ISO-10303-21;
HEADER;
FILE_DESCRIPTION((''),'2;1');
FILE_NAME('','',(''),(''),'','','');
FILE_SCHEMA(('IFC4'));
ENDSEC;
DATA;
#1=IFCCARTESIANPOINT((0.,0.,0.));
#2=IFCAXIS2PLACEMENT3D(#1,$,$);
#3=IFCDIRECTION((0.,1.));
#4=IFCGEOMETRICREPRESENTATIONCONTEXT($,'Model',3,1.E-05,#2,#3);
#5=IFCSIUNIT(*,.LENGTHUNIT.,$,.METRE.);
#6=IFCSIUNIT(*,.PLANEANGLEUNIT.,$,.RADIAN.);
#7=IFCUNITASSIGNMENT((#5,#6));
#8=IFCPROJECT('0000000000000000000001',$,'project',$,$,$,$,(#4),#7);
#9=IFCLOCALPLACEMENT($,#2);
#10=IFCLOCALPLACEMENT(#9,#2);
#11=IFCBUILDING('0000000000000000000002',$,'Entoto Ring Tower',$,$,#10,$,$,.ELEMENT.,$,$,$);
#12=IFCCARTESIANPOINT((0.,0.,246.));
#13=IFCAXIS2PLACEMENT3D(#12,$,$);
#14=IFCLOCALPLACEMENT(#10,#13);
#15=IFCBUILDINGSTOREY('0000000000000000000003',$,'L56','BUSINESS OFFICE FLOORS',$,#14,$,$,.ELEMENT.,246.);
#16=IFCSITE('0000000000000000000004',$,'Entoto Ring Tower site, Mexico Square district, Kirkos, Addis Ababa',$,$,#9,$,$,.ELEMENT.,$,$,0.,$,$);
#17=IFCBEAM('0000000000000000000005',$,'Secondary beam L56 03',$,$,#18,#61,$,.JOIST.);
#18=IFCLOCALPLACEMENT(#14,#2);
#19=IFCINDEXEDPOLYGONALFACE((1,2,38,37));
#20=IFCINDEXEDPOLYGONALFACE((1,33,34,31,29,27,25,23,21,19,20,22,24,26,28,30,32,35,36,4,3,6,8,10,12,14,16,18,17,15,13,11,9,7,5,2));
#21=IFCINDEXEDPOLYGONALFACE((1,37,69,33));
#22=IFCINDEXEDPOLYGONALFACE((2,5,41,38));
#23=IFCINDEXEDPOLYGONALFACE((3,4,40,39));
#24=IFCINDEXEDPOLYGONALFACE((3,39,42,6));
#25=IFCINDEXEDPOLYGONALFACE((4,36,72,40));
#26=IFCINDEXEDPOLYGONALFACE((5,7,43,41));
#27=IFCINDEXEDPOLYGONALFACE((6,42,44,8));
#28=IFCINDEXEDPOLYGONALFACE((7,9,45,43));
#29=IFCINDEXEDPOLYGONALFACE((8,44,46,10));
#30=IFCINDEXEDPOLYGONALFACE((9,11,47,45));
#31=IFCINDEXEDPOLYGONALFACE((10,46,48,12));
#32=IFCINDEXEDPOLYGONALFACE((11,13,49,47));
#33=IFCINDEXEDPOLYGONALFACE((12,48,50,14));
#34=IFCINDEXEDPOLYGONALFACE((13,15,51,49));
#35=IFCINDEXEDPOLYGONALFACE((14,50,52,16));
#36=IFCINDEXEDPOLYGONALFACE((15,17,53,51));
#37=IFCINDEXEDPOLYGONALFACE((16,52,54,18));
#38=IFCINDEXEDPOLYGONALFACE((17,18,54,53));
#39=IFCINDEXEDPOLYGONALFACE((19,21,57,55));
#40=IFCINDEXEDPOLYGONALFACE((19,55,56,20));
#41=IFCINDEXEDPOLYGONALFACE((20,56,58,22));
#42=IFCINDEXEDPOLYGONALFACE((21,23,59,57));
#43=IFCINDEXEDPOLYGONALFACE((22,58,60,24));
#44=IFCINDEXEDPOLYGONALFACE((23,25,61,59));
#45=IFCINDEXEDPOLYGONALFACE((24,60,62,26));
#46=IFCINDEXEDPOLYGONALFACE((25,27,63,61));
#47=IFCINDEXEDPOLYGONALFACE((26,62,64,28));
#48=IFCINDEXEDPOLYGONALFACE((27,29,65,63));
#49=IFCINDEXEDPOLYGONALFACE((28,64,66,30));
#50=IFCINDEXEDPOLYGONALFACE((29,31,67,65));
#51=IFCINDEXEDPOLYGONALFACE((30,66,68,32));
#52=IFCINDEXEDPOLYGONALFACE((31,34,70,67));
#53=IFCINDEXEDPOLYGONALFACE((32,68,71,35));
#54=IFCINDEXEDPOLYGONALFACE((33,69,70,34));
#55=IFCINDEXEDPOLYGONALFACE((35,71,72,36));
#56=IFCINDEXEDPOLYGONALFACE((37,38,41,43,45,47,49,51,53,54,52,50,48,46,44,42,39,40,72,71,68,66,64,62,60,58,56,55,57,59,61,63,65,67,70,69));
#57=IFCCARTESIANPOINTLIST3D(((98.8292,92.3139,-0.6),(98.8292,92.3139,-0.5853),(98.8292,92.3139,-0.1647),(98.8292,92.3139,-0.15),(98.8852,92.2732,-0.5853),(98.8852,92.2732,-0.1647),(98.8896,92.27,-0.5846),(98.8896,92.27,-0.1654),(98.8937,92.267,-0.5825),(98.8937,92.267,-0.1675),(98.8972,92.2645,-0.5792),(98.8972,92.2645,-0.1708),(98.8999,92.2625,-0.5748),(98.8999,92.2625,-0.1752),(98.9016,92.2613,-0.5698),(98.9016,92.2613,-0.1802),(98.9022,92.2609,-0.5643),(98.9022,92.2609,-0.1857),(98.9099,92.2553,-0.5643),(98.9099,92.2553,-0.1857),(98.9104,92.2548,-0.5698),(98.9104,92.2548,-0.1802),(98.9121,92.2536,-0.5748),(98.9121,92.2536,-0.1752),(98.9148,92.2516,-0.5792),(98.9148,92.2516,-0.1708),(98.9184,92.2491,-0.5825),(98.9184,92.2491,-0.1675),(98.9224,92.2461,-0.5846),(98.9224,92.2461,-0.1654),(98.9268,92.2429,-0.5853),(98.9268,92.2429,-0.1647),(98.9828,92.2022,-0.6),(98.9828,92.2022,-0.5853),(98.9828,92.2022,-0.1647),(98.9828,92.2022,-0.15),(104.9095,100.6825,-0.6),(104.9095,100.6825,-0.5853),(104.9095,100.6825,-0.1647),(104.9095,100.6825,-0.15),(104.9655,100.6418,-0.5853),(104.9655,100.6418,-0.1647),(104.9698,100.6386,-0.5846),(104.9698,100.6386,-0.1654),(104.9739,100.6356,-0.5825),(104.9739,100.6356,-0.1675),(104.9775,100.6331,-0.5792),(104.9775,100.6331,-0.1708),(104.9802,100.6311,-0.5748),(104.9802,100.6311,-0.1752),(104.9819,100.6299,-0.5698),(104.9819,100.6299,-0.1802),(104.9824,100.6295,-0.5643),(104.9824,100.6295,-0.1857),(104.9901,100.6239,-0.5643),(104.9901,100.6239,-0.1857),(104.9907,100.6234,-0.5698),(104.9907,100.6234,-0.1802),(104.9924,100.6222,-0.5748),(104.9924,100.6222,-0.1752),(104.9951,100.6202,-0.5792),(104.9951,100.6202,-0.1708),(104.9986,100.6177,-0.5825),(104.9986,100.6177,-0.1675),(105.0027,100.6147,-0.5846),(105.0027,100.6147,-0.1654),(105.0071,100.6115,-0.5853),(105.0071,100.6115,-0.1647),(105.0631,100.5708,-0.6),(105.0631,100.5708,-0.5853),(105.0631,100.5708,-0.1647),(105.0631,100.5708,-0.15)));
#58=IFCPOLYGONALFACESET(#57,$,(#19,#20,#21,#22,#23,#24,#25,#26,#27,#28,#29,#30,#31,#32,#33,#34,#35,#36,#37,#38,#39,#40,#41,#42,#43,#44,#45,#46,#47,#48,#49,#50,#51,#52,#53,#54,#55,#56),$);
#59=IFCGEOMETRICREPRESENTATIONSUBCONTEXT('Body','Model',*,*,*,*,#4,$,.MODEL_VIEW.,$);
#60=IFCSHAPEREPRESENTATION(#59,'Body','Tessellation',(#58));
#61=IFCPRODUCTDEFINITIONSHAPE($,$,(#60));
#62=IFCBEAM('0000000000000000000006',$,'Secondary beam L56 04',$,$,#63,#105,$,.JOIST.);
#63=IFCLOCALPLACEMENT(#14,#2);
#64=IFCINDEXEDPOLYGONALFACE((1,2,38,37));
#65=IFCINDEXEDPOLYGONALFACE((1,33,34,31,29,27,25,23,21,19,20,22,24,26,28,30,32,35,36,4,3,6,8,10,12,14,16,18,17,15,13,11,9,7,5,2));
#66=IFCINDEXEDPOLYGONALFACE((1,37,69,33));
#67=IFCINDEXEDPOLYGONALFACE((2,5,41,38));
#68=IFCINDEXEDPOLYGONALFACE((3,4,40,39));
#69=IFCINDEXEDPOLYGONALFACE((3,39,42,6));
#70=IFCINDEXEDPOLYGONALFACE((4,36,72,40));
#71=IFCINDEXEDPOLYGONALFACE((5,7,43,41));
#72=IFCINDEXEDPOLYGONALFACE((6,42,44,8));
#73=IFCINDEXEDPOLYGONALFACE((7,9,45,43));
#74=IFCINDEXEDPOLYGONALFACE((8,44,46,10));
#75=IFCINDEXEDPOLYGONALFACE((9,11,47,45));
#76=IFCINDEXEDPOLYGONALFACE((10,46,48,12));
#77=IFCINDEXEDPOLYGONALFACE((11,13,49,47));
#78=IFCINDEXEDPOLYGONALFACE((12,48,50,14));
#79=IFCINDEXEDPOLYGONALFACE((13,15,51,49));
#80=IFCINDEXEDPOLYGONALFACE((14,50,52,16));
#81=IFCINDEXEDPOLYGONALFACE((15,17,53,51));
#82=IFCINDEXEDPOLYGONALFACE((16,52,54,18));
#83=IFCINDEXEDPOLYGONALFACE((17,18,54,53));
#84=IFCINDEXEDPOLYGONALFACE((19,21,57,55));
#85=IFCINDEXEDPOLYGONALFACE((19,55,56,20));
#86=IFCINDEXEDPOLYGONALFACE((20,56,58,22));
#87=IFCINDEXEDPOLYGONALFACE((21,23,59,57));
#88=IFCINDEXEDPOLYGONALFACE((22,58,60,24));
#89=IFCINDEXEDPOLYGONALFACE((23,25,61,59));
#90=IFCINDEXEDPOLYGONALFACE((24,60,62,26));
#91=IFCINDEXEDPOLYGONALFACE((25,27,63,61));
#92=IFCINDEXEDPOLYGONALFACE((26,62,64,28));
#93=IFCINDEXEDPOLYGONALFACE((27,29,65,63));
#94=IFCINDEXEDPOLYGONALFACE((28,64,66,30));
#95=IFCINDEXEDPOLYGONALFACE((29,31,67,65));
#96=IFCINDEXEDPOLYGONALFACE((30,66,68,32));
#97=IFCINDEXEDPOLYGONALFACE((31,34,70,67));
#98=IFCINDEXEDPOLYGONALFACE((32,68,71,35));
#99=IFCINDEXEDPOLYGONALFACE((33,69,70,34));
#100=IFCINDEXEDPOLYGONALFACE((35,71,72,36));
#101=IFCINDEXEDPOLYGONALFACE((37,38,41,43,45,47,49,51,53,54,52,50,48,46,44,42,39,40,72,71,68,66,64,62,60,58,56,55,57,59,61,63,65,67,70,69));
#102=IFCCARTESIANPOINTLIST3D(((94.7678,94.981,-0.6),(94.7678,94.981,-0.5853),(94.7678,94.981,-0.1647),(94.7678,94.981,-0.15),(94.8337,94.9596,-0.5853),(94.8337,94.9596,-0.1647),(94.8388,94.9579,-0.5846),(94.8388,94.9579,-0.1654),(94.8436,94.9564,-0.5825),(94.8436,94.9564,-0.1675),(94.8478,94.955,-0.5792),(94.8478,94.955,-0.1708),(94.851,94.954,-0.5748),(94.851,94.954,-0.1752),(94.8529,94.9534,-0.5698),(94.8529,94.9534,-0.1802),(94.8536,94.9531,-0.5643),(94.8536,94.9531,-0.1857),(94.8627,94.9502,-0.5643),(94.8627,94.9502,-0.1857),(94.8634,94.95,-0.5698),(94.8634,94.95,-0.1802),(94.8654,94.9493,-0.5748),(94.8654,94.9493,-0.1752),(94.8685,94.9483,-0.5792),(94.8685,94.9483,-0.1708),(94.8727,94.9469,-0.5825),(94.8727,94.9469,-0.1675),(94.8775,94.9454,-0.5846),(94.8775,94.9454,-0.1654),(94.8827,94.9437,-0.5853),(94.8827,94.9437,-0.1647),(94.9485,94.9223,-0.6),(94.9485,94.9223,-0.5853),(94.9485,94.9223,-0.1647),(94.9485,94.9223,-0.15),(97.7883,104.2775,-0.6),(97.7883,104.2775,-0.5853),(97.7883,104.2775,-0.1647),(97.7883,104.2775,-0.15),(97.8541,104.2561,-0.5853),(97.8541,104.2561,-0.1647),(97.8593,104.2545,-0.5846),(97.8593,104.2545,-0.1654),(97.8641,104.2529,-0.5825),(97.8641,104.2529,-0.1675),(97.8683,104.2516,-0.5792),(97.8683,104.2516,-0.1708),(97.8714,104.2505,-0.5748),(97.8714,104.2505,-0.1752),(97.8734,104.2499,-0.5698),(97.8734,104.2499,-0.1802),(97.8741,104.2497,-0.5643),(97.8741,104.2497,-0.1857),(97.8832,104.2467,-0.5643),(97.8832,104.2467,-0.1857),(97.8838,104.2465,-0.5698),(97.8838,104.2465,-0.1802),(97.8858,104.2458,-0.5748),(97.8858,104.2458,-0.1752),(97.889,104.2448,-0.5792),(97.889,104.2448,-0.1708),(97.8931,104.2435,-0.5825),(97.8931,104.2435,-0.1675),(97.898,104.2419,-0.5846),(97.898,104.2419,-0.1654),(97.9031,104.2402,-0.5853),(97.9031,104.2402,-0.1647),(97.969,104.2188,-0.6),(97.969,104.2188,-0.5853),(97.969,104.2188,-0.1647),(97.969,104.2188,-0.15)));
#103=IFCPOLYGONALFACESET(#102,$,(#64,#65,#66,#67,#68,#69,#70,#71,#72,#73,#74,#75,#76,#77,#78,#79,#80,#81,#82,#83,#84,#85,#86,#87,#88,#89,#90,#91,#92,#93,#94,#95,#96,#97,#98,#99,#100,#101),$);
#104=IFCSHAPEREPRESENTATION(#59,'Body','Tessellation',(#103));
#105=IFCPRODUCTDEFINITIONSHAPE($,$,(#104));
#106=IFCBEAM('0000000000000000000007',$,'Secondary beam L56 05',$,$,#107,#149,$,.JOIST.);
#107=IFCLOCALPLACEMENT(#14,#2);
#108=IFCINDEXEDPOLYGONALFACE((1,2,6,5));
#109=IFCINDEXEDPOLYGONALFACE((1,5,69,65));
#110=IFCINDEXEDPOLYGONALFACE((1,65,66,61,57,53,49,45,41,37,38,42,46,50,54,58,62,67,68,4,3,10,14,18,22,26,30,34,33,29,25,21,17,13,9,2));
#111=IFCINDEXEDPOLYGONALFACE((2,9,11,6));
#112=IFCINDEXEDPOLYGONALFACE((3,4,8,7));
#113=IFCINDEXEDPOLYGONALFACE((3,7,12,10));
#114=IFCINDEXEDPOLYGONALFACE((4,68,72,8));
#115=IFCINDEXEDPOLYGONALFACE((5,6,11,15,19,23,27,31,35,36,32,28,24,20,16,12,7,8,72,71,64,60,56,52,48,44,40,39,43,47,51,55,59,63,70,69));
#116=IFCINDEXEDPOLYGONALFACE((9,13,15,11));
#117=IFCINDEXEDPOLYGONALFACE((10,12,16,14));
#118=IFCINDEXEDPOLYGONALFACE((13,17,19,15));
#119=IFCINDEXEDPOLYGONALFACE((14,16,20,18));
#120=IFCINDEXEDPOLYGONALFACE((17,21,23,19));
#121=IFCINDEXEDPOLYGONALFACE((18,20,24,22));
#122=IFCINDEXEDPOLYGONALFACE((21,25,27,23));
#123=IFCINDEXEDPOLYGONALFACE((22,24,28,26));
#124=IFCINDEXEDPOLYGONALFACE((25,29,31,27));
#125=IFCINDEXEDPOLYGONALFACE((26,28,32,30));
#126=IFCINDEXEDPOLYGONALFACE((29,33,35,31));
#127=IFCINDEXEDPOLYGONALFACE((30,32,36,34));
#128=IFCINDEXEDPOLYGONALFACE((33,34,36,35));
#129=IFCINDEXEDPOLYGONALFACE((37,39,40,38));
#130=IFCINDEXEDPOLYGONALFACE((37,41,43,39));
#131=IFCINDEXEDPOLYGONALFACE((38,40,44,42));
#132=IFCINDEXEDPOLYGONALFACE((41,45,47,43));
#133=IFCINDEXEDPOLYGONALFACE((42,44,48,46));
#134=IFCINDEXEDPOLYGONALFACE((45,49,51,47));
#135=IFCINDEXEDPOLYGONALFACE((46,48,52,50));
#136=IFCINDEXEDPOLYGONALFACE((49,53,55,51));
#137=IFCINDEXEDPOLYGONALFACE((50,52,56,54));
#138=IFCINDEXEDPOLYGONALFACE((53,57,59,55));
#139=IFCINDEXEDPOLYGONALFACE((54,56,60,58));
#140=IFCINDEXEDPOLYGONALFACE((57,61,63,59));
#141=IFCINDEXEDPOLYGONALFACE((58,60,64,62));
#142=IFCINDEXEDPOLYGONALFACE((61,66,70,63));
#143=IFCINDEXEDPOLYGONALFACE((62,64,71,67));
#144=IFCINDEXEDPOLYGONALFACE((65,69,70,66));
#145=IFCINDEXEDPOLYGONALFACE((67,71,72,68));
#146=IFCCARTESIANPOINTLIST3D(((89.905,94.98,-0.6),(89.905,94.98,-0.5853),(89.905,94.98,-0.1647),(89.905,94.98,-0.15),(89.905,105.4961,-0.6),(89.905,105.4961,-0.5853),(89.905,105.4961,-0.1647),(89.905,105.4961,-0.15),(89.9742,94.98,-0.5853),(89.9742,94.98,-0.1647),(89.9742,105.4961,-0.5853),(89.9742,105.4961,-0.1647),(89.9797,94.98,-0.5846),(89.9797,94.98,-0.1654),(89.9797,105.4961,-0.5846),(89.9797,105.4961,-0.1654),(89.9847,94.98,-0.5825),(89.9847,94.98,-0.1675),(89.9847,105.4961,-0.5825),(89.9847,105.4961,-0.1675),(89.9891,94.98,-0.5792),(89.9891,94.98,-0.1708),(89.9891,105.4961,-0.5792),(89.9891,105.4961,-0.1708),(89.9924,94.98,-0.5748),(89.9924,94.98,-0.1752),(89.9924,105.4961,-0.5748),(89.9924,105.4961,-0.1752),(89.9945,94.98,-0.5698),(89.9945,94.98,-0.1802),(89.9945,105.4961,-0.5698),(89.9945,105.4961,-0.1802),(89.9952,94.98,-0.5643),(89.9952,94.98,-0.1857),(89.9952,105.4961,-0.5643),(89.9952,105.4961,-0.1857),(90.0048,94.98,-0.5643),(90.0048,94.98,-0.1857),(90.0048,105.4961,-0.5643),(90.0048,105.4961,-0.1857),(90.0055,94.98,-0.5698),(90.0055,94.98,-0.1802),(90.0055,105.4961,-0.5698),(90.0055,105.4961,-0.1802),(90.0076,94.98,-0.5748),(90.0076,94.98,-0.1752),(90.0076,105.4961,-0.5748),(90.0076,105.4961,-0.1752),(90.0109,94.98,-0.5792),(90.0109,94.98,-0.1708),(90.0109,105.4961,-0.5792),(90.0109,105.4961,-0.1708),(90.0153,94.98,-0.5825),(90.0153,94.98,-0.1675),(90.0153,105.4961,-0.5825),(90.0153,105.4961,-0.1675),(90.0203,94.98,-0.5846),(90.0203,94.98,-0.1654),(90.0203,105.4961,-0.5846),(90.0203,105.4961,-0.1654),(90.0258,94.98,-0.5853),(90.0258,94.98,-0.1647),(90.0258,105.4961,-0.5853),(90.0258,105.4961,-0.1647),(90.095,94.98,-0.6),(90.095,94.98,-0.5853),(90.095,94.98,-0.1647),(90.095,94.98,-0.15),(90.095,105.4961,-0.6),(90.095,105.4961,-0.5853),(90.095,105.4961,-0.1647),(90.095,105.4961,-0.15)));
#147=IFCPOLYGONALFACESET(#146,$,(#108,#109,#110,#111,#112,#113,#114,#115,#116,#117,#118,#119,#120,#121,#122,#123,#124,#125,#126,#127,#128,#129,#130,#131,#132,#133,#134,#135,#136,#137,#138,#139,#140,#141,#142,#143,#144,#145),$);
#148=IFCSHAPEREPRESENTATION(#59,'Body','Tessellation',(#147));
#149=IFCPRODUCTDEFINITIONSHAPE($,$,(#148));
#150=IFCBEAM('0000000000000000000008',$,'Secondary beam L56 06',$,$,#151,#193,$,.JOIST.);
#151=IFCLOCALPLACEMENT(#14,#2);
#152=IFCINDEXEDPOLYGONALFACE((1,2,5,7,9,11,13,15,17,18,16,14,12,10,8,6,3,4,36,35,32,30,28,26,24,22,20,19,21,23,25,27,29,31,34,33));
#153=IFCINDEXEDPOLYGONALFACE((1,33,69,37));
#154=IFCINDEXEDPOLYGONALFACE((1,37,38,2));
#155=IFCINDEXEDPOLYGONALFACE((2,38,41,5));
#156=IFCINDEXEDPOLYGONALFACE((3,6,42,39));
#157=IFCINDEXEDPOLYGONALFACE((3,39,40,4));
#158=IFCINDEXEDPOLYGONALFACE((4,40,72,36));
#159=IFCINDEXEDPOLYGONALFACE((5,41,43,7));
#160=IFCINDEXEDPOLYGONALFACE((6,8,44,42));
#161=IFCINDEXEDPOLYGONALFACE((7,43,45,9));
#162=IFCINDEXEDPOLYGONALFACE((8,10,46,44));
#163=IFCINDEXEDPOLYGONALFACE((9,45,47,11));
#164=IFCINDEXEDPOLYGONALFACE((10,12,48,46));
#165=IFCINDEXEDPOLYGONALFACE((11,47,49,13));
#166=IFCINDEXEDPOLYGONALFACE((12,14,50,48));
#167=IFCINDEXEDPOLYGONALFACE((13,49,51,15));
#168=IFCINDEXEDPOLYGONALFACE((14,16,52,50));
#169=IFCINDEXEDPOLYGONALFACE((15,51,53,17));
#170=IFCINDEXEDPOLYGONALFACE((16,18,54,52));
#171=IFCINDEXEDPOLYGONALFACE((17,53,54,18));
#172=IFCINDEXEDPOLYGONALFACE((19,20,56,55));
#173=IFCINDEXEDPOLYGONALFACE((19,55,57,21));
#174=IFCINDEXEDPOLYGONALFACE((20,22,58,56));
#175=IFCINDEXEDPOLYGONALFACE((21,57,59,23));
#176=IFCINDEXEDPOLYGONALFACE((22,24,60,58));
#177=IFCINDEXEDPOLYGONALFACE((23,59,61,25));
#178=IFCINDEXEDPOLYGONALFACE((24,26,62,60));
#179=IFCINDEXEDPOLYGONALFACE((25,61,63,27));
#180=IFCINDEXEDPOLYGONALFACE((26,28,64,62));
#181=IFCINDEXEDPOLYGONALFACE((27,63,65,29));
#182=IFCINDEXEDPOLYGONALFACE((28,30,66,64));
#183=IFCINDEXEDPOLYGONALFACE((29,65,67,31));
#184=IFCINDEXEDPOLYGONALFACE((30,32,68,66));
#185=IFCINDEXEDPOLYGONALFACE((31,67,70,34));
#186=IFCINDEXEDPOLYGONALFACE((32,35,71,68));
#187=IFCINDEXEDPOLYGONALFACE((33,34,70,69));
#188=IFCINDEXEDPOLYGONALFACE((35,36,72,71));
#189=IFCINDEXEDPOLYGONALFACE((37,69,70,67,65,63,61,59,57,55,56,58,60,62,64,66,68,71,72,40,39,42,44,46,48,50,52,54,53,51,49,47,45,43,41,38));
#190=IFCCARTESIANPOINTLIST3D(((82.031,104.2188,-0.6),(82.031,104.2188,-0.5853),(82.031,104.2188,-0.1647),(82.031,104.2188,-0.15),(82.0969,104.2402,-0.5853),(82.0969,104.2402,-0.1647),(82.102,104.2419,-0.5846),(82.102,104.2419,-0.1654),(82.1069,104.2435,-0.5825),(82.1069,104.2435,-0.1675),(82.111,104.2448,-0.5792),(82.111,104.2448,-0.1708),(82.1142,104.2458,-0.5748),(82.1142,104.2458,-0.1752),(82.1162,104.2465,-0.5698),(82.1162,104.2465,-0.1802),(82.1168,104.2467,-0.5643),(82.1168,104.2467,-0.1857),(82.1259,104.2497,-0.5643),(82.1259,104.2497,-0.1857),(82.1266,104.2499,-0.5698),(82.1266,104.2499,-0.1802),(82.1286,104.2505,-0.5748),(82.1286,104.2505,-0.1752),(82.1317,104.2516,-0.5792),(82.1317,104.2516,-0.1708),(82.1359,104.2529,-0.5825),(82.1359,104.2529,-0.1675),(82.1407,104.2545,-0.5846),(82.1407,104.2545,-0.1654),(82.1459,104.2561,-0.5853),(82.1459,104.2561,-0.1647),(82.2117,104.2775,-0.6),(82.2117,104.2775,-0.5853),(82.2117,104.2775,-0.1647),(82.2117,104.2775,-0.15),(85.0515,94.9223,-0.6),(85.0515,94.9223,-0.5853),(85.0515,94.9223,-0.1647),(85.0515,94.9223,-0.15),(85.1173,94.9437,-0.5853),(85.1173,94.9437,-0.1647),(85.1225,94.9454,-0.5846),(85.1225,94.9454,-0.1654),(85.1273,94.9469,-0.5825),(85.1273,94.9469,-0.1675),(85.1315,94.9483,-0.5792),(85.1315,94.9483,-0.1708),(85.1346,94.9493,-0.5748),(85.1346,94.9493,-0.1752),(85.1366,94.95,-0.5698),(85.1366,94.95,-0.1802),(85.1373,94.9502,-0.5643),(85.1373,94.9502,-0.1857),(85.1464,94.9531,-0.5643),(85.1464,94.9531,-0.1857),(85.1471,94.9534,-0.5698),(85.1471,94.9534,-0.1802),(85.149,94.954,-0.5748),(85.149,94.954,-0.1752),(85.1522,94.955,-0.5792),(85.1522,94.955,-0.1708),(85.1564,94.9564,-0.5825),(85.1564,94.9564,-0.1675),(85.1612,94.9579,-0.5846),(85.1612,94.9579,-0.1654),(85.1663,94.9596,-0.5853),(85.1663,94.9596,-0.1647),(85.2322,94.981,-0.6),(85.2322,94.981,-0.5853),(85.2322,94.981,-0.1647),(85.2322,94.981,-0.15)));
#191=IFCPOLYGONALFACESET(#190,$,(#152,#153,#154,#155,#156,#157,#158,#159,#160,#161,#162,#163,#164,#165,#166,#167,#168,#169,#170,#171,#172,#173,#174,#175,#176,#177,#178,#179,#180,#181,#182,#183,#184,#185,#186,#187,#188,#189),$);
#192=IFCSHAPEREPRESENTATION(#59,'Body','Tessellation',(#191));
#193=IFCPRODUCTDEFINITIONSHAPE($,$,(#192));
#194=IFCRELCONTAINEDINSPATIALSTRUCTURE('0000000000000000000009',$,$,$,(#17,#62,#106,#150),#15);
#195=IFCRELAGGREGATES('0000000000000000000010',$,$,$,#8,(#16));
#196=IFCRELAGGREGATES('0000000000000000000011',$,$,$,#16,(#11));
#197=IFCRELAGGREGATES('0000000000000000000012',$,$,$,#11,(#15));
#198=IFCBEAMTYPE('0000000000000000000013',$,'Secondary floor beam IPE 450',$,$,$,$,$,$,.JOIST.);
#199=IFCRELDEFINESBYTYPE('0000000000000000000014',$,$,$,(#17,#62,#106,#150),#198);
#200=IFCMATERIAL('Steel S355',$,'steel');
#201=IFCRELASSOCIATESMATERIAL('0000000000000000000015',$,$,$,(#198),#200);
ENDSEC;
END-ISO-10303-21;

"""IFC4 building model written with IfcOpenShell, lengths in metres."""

from ifc_helpers import new_model, si_unit, direction, frame, origin, origin_2d, place, context, subcontext, project, spatial, i_section, extrude, material, material_profile, profile_set, type_object, element, save


model = new_model("IFC4")

# Units and contexts
model_context = context("Model", 3, precision=1e-05, world=origin(), true_north=direction((0.0, 1.0)))
body_context = subcontext(model_context, "Body", "Model", "MODEL_VIEW")
ifc_project = project(units=[si_unit("LENGTHUNIT", "METRE"), si_unit("PLANEANGLEUNIT", "RADIAN")], contexts=[model_context])

# Site, building, storey
site_placement = place(None, origin())
site = spatial("IfcSite", under=ifc_project, at=site_placement, Name="Entoto Ring Tower site, Mexico Square district, Kirkos, Addis Ababa", CompositionType="ELEMENT", RefElevation=0.0)
building_placement = place(site_placement, origin())
building = spatial("IfcBuilding", under=site, at=building_placement, Name="Entoto Ring Tower", CompositionType="ELEMENT")
storey_placement = place(building_placement, frame((0.0, 0.0, 246.0)))
storey = spatial("IfcBuildingStorey", under=building, at=storey_placement, Name="L56", Description="BUSINESS OFFICE FLOORS", CompositionType="ELEMENT", Elevation=246.0)

# Beams
ifc_material_1 = material(Name="Steel S355", Category="steel")
ifc_material_profile_1 = material_profile(ifc_material_1, i_section(OverallWidth=0.1899, OverallDepth=0.45, WebThickness=0.0095, FlangeThickness=0.0146, FilletRadius=0.021, at=origin_2d()), Name="IPE 450")
ifc_profile_set_1 = profile_set([ifc_material_profile_1], Name="Steel S355")
beam_type_1 = type_object("IfcBeamType", Name="Secondary floor beam IPE 450", PredefinedType="JOIST", material=ifc_profile_set_1)
beam_1_placement = place(storey_placement, frame((98.906, 92.2581, -0.375), z_axis=(0.587794, 0.809011, 0.0), x_axis=(-0.809011, 0.587794, 0.0)))
element("IfcBeam", 1, at=beam_1_placement, inside=storey, type_object=beam_type_1, Name="Secondary beam L56 03", PredefinedType="JOIST", context=body_context, shape_type="SweptSolid", body=[
    extrude(i_section(OverallWidth=0.1899, OverallDepth=0.45, WebThickness=0.0095, FlangeThickness=0.0146, FilletRadius=0.021, at=origin_2d()), origin(), (0.0, 0.0, 1.0), 10.3442),
])
beam_2_placement = place(storey_placement, frame((94.8582, 94.9517, -0.375), z_axis=(0.309003, 0.951061, 0.0), x_axis=(-0.951061, 0.309003, 0.0)))
element("IfcBeam", 2, at=beam_2_placement, inside=storey, type_object=beam_type_1, Name="Secondary beam L56 04", PredefinedType="JOIST", context=body_context, shape_type="SweptSolid", body=[
    extrude(i_section(OverallWidth=0.1899, OverallDepth=0.45, WebThickness=0.0095, FlangeThickness=0.0146, FilletRadius=0.021, at=origin_2d()), origin(), (0.0, 0.0, 1.0), 9.7749),
])
beam_3_placement = place(storey_placement, frame((90.0, 94.98, -0.375), z_axis=(0.0, 1.0, 0.0), x_axis=(-1.0, 0.0, 0.0)))
element("IfcBeam", 3, at=beam_3_placement, inside=storey, type_object=beam_type_1, Name="Secondary beam L56 05", PredefinedType="JOIST", context=body_context, shape_type="SweptSolid", body=[
    extrude(i_section(OverallWidth=0.1899, OverallDepth=0.45, WebThickness=0.0095, FlangeThickness=0.0146, FilletRadius=0.021, at=origin_2d()), origin(), (0.0, 0.0, 1.0), 10.5161),
])
beam_4_placement = place(storey_placement, frame((85.1418, 94.9517, -0.375), z_axis=(-0.309003, 0.951061, 0.0), x_axis=(-0.951061, -0.309003, 0.0)))
element("IfcBeam", 4, at=beam_4_placement, inside=storey, type_object=beam_type_1, Name="Secondary beam L56 06", PredefinedType="JOIST", context=body_context, shape_type="SweptSolid", body=[
    extrude(i_section(OverallWidth=0.1899, OverallDepth=0.45, WebThickness=0.0095, FlangeThickness=0.0146, FilletRadius=0.021, at=origin_2d()), origin(), (0.0, 0.0, 1.0), 9.7749),
])

save(model, "model.ifc")
